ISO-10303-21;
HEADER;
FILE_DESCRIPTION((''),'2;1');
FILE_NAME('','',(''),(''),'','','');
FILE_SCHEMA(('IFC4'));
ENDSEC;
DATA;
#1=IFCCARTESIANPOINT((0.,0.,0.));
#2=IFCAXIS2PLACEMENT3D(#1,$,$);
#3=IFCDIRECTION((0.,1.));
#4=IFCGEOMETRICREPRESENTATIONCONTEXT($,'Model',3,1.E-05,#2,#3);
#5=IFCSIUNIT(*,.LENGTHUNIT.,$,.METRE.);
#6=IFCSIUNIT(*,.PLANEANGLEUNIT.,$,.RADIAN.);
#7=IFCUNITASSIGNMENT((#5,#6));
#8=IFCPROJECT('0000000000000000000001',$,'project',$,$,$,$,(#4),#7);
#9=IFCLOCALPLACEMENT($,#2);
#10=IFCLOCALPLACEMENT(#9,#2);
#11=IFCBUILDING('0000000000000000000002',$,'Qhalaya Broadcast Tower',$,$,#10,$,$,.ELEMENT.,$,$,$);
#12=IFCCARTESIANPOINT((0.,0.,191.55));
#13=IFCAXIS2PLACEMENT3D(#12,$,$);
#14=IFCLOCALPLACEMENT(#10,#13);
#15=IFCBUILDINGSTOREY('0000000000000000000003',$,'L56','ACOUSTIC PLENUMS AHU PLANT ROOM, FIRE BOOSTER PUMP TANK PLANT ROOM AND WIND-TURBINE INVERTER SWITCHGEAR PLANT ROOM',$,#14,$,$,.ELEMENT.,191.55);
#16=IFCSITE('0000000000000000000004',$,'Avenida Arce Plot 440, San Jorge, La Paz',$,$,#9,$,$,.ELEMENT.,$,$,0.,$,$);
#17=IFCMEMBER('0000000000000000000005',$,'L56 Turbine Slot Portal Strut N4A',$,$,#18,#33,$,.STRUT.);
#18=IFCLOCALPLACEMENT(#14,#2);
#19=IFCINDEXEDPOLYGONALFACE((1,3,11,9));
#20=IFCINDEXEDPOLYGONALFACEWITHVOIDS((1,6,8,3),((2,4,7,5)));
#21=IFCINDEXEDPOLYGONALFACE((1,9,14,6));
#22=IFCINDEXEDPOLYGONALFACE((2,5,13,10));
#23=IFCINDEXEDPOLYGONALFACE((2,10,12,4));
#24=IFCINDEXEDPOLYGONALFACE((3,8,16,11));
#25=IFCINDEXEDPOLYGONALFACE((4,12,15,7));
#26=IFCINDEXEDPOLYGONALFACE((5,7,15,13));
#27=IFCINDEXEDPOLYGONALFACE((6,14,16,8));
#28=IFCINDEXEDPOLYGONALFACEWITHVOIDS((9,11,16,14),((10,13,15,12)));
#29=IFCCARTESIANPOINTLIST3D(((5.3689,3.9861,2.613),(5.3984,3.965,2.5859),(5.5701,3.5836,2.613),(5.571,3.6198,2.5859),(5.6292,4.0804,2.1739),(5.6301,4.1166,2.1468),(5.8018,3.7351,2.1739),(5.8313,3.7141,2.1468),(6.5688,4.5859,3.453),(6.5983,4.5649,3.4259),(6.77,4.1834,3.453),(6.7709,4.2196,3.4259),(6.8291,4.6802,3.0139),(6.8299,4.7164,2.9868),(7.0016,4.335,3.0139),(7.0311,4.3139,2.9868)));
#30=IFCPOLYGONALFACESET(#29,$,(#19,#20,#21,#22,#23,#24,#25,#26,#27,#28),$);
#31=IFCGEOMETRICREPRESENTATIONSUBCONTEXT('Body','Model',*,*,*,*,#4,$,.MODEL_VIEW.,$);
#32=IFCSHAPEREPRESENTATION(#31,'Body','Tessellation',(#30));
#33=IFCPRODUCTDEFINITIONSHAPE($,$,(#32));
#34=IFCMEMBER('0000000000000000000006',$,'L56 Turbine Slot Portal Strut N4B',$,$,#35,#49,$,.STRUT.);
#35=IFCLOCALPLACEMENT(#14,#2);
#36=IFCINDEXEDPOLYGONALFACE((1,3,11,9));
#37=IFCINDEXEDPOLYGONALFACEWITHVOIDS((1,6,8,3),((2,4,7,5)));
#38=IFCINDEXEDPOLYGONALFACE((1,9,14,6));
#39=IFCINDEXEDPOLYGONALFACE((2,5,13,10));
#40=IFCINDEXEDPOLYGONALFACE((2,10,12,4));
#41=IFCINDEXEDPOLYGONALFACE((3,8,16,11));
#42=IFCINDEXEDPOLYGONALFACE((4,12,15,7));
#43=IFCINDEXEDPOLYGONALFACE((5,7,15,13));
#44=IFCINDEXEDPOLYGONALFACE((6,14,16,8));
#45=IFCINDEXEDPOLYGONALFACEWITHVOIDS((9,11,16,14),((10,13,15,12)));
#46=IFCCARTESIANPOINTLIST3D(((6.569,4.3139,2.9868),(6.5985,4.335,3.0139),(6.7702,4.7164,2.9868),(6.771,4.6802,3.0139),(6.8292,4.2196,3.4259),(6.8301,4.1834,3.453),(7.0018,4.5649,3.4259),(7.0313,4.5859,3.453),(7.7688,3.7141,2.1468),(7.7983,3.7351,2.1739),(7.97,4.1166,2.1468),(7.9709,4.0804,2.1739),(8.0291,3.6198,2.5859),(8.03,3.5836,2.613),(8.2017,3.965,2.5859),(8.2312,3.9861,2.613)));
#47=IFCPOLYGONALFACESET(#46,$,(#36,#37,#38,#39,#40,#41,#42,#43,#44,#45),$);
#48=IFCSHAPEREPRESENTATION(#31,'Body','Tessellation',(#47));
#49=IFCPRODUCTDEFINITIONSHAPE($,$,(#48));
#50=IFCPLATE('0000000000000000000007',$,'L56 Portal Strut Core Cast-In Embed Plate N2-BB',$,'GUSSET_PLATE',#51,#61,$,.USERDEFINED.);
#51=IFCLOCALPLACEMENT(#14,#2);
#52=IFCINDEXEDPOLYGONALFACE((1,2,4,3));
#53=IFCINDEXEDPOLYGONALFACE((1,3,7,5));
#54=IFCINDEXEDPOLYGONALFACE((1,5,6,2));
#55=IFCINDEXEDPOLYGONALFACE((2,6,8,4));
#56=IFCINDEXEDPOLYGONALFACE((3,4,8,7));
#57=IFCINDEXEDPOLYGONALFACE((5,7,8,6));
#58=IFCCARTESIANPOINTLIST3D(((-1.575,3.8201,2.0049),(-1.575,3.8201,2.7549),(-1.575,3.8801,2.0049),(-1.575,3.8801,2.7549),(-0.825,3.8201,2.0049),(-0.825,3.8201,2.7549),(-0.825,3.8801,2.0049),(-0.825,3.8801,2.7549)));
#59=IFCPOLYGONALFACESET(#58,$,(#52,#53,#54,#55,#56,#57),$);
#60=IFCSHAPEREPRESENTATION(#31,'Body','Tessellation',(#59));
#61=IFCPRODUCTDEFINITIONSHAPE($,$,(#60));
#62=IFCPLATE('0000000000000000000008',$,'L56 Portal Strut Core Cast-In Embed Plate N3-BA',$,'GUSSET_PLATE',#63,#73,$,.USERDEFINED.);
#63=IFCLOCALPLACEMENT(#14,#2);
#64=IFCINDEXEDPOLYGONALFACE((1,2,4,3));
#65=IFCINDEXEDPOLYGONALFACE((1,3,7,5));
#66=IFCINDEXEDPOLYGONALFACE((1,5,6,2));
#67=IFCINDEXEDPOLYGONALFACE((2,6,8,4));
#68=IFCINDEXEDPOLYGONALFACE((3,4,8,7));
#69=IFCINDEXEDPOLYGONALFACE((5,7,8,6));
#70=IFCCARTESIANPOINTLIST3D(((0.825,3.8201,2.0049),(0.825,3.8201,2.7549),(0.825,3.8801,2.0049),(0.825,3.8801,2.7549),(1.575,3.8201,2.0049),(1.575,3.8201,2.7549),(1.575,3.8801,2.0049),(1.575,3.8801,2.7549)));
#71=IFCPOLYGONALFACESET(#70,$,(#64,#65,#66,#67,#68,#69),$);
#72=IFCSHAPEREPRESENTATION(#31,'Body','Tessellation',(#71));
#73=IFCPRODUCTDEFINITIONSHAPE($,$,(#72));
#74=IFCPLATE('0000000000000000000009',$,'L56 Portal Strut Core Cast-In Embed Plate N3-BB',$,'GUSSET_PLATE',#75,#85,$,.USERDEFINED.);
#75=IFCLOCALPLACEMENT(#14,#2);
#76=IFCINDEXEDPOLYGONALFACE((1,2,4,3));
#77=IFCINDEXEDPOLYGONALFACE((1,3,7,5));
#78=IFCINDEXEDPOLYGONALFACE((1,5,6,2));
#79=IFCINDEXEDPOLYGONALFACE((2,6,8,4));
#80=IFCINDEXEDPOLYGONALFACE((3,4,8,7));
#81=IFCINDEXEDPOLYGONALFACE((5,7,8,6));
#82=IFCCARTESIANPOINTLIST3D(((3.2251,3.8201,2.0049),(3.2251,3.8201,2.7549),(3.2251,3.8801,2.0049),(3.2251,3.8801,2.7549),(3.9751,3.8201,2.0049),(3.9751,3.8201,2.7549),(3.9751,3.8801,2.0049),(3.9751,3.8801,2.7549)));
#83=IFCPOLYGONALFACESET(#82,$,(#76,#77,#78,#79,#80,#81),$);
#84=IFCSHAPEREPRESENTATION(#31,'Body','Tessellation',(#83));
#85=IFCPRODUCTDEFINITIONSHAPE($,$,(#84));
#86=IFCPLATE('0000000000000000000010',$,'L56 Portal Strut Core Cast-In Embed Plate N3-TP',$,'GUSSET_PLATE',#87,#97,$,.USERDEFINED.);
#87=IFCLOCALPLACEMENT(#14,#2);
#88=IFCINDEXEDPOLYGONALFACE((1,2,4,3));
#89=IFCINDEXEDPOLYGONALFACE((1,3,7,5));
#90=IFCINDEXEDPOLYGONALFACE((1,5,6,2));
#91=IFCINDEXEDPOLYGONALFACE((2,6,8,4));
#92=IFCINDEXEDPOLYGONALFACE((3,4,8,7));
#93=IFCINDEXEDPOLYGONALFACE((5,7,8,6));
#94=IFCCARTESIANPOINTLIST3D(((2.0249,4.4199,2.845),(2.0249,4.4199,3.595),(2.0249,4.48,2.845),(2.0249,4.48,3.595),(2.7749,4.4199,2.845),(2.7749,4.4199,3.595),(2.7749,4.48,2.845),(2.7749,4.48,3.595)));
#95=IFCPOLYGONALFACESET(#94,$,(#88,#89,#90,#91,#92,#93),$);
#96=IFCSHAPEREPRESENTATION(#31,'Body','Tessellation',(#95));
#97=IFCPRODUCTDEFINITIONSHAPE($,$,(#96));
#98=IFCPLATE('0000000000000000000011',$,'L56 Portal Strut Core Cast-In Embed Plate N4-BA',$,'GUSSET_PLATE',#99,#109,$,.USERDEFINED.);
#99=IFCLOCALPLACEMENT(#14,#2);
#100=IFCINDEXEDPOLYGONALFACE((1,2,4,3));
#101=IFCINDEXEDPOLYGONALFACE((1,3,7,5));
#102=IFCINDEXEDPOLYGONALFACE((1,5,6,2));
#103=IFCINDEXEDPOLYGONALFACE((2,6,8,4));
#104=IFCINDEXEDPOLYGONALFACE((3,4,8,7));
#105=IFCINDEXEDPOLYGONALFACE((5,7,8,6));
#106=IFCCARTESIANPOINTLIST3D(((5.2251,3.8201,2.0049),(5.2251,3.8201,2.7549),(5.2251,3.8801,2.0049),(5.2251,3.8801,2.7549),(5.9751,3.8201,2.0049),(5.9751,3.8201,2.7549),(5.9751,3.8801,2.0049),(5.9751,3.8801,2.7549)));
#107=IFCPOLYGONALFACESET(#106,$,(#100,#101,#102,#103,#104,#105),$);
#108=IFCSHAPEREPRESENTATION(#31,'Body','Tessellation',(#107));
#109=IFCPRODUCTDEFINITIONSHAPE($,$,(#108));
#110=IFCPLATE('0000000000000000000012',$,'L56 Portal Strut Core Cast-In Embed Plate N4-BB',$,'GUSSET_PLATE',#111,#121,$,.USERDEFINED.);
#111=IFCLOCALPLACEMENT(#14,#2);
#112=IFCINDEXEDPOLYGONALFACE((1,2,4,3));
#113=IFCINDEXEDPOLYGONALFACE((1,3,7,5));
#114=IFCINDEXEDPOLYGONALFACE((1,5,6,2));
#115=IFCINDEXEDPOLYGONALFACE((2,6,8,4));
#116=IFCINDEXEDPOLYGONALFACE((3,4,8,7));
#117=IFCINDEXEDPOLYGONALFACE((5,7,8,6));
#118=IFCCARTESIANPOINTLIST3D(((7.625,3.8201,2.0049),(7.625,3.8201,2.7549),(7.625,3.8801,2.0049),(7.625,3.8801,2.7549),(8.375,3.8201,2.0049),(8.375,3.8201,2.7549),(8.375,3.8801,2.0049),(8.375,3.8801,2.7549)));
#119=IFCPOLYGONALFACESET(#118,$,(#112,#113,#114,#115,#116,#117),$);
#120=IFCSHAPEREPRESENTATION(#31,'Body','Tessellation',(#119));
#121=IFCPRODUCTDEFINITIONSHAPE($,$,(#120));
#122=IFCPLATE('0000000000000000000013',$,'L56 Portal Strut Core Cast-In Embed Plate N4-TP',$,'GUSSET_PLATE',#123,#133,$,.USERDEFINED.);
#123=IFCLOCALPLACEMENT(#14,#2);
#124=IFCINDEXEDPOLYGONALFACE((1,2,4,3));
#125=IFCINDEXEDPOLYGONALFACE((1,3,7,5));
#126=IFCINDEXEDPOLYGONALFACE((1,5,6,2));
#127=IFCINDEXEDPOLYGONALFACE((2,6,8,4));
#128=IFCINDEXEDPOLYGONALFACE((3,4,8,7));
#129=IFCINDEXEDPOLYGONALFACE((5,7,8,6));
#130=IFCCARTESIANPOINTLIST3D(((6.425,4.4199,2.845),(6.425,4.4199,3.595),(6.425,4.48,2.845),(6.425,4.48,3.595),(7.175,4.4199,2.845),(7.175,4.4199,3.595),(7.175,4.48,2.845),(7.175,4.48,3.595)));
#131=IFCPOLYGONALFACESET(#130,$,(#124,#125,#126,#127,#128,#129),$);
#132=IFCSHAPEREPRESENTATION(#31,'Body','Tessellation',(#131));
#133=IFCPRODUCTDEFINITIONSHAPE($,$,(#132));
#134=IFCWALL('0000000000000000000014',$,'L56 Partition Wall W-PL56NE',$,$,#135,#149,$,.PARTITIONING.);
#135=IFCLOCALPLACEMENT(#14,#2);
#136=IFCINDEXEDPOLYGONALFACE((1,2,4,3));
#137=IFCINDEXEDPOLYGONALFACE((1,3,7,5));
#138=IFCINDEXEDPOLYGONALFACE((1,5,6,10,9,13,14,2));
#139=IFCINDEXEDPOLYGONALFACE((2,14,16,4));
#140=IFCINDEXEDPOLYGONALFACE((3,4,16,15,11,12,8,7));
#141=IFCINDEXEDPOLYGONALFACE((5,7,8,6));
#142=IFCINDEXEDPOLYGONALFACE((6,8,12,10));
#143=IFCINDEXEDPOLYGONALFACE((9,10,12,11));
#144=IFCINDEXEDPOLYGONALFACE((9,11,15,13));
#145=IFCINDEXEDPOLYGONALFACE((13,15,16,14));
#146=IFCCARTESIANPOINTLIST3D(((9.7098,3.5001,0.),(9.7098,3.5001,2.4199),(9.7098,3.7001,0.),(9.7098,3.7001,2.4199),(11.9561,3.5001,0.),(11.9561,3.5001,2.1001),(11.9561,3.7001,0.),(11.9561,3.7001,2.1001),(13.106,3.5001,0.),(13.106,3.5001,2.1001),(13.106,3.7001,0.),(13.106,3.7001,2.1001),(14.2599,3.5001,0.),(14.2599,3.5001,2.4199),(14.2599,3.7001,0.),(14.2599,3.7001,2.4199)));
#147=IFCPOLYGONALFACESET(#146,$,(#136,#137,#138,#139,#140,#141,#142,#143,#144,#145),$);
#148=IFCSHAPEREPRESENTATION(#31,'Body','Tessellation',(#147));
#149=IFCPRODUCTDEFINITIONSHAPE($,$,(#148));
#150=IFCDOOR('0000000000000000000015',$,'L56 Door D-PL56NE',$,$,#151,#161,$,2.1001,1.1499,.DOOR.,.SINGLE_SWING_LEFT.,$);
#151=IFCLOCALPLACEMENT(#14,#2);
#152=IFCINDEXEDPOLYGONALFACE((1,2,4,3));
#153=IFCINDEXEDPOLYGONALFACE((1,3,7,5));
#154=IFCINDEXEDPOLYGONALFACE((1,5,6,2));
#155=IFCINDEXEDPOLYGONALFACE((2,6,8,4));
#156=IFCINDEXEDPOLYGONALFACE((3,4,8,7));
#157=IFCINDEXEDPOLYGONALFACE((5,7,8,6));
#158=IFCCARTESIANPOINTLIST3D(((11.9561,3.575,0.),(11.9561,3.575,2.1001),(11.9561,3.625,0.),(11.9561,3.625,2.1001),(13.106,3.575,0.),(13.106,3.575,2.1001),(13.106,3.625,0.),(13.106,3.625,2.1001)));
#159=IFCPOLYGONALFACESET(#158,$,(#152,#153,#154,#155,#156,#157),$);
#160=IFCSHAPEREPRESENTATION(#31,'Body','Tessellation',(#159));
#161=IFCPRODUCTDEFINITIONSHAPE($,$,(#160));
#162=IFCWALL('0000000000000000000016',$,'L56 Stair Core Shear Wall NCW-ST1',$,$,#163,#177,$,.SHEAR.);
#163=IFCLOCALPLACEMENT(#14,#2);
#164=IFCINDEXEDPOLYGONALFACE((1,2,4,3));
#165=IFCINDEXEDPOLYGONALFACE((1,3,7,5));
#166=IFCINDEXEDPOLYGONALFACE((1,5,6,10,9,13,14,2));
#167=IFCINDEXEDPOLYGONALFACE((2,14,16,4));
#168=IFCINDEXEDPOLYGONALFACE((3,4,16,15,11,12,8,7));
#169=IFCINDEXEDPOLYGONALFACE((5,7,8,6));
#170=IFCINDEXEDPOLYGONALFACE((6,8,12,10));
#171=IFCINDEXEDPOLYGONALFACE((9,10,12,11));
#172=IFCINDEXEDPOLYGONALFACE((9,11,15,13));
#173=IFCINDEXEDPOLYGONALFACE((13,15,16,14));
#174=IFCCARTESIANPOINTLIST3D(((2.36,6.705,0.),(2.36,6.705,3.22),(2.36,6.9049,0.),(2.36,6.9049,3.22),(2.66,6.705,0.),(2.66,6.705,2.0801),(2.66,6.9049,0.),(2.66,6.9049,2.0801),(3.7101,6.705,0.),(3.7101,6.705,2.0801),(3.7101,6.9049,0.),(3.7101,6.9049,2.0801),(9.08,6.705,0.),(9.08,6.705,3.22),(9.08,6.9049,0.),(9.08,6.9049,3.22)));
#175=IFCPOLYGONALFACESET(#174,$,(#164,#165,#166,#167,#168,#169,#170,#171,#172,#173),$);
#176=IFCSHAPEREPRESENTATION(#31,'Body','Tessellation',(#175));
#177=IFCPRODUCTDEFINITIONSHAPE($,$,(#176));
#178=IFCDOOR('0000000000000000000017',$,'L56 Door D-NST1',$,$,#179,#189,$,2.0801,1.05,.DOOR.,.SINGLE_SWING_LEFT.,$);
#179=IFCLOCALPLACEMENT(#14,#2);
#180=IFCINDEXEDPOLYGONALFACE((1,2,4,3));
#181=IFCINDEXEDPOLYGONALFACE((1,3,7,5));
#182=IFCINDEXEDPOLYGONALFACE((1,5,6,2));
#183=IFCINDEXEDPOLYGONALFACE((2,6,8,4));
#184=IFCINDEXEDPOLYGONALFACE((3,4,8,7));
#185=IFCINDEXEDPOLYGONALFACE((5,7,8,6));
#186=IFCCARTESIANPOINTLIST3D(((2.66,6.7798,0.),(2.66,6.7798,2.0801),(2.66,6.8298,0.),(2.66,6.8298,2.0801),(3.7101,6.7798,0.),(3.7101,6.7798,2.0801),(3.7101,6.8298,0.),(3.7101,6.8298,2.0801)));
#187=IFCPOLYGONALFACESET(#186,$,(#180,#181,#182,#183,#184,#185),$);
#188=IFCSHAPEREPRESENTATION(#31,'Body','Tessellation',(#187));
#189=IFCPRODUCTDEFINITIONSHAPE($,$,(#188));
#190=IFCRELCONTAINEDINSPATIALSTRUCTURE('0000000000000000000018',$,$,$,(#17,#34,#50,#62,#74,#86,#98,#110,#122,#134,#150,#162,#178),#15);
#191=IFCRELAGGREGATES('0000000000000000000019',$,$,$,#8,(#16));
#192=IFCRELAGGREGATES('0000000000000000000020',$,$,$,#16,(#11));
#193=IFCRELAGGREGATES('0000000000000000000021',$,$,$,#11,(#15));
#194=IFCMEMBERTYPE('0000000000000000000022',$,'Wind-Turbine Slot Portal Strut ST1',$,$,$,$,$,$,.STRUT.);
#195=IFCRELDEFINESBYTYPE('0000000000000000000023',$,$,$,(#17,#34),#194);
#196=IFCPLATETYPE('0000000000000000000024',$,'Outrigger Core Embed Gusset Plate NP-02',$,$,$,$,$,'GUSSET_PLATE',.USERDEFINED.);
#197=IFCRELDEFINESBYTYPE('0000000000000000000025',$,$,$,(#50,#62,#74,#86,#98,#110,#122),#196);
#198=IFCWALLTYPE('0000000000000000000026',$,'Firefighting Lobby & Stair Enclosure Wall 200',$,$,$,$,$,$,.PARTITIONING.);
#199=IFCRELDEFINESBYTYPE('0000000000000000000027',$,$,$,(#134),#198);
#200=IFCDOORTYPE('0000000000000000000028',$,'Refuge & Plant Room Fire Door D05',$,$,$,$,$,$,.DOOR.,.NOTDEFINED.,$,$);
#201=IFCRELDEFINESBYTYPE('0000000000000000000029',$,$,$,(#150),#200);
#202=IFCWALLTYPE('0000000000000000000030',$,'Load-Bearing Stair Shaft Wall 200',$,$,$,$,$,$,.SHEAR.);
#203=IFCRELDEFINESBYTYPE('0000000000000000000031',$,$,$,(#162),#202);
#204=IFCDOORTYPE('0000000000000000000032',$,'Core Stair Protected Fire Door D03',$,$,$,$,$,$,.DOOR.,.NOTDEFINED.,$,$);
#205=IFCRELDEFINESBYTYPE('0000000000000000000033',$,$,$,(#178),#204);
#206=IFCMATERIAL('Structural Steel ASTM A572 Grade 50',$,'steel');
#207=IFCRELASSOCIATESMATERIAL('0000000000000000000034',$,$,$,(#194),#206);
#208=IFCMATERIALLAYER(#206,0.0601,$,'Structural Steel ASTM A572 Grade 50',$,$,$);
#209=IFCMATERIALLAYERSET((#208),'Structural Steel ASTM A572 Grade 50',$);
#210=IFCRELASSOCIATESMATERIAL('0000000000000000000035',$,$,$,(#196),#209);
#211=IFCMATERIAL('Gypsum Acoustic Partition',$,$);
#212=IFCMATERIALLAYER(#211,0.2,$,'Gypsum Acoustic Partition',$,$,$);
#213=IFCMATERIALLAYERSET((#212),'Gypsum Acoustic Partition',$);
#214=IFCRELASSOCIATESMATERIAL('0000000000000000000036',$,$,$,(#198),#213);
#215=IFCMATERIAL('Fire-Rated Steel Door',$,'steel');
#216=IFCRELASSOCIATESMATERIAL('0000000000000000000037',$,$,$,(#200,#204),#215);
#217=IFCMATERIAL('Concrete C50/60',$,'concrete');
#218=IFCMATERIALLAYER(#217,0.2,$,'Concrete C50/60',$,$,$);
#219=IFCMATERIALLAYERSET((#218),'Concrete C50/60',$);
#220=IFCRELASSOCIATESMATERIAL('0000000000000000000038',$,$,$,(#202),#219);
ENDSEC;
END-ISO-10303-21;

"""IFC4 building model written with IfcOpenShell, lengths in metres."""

from ifc_helpers import new_model, si_unit, direction, frame, frame_2d, origin, origin_2d, place, context, subcontext, project, spatial, rectangle, hollow_rectangle, extrude, material, layer, layer_set, material_profile, profile_set, type_object, element, fill, save


model = new_model("IFC4")

# Units and contexts
model_context = context("Model", 3, precision=1e-05, world=origin(), true_north=direction((0.0, 1.0)))
body_context = subcontext(model_context, "Body", "Model", "MODEL_VIEW")
ifc_project = project(units=[si_unit("LENGTHUNIT", "METRE"), si_unit("PLANEANGLEUNIT", "RADIAN")], contexts=[model_context])

# Site, building, storey
site_placement = place(None, origin())
site = spatial("IfcSite", under=ifc_project, at=site_placement, Name="Avenida Arce Plot 440, San Jorge, La Paz", CompositionType="ELEMENT", RefElevation=0.0)
building_placement = place(site_placement, origin())
building = spatial("IfcBuilding", under=site, at=building_placement, Name="Qhalaya Broadcast Tower", CompositionType="ELEMENT")
storey_placement = place(building_placement, frame((0.0, 0.0, 191.55)))
storey = spatial("IfcBuildingStorey", under=building, at=storey_placement, Name="L56", Description="ACOUSTIC PLENUMS AHU PLANT ROOM, FIRE BOOSTER PUMP TANK PLANT ROOM AND WIND-TURBINE INVERTER SWITCHGEAR PLANT ROOM", CompositionType="ELEMENT", Elevation=191.55)

# Shared definitions
ifc_material_1 = material(Name="Concrete C50/60", Category="concrete")
ifc_material_2 = material(Name="Structural Steel ASTM A572 Grade 50", Category="steel")

# Members
ifc_material_profile_1 = material_profile(ifc_material_2, hollow_rectangle(XDim=0.45, YDim=0.55, WallThickness=0.032, at=origin_2d()), Name="BOX 450x550x32")
ifc_profile_set_1 = profile_set([ifc_material_profile_1], Name="Structural Steel ASTM A572 Grade 50")
member_type = type_object("IfcMemberType", Name="Wind-Turbine Slot Portal Strut ST1", PredefinedType="STRUT", material=ifc_profile_set_1)
for number, where, z_axis, x_axis, name in (
    (1, (5.6001, 3.8501, 2.3799), (0.758089, 0.378967, 0.53074), (-0.447141, 0.894464, 0.0), "L56 Turbine Slot Portal Strut N4A"),
    (2, (8.0, 3.8501, 2.3799), (-0.758089, 0.378967, 0.53074), (-0.447141, -0.894464, 0.0), "L56 Turbine Slot Portal Strut N4B"),
):
    element("IfcMember", number, at=place(storey_placement, frame(where, z_axis=z_axis, x_axis=x_axis)), inside=storey, type_object=member_type, Name=name, PredefinedType="STRUT", context=body_context, shape_type="SweptSolid", body=[
        extrude(hollow_rectangle(XDim=0.45, YDim=0.55, WallThickness=0.032, at=origin_2d()), origin(), (0.0, 0.0, 1.0), 1.5828),
    ])

# Plates
ifc_layer_1 = layer(ifc_material_2, 0.0601, Name="Structural Steel ASTM A572 Grade 50")
ifc_layer_set_1 = layer_set([ifc_layer_1], Name="Structural Steel ASTM A572 Grade 50")
plate_type = type_object("IfcPlateType", Name="Outrigger Core Embed Gusset Plate NP-02", ElementType="GUSSET_PLATE", PredefinedType="USERDEFINED", material=ifc_layer_set_1)
for number, where, z_axis, x_axis, name in (
    (3, (-1.2, 3.8501, 2.0049), (0.0, 0.0, 1.0), (1.0, 0.0, 0.0), "L56 Portal Strut Core Cast-In Embed Plate N2-BB"),
    (4, (1.2, 3.8501, 2.0049), (0.0, 0.0, 1.0), (1.0, 0.0, 0.0), "L56 Portal Strut Core Cast-In Embed Plate N3-BA"),
    (5, (3.6001, 3.8501, 2.0049), (0.0, 0.0, 1.0), (1.0, 0.0, 0.0), "L56 Portal Strut Core Cast-In Embed Plate N3-BB"),
    (6, (2.3999, 4.45, 2.845), (0.0, 0.0, 1.0), (1.0, 0.0, 0.0), "L56 Portal Strut Core Cast-In Embed Plate N3-TP"),
    (7, (5.6001, 3.8501, 2.0049), (0.0, 0.0, 1.0), (1.0, 0.0, 0.0), "L56 Portal Strut Core Cast-In Embed Plate N4-BA"),
    (8, (8.0, 3.8501, 2.0049), (0.0, 0.0, 1.0), (1.0, 0.0, 0.0), "L56 Portal Strut Core Cast-In Embed Plate N4-BB"),
    (9, (6.8, 4.45, 2.845), (0.0, 0.0, 1.0), (1.0, 0.0, 0.0), "L56 Portal Strut Core Cast-In Embed Plate N4-TP"),
):
    element("IfcPlate", number, at=place(storey_placement, frame(where, z_axis=z_axis, x_axis=x_axis)), inside=storey, type_object=plate_type, Name=name, ObjectType="GUSSET_PLATE", PredefinedType="USERDEFINED", context=body_context, shape_type="SweptSolid", body=[
        extrude(rectangle(XDim=0.75, YDim=0.0601, at=origin_2d()), origin(), (0.0, 0.0, 1.0), 0.75),
    ])

# Walls, openings, doors
ifc_material_3 = material(Name="Gypsum Acoustic Partition")
ifc_layer_2 = layer(ifc_material_3, 0.2, Name="Gypsum Acoustic Partition")
ifc_layer_set_2 = layer_set([ifc_layer_2], Name="Gypsum Acoustic Partition")
wall_type_1 = type_object("IfcWallType", Name="Firefighting Lobby & Stair Enclosure Wall 200", PredefinedType="PARTITIONING", material=ifc_layer_set_2)
wall_1_placement = place(storey_placement, frame((9.71, 3.6001, 0.0), z_axis=(0.0, 0.0, 1.0), x_axis=(1.0, 0.0, 0.0)))
wall_1 = element("IfcWall", 10, at=wall_1_placement, inside=storey, type_object=wall_type_1, Name="L56 Partition Wall W-PL56NE", PredefinedType="PARTITIONING", context=body_context, shape_type="SweptSolid", body=[
    extrude(rectangle(XDim=4.55, YDim=0.2, at=frame_2d((2.2749, 0.0))), origin(), (0.0, 0.0, 1.0), 2.4199),
])
opening_1_placement = place(wall_1_placement, frame((2.2461, 0.0, 0.0)))
opening_1 = element("IfcOpeningElement", 11, at=opening_1_placement, cuts=wall_1, PredefinedType="OPENING", context=body_context, shape_type="SweptSolid", body=[
    extrude(rectangle(XDim=1.1499, YDim=2.1001, at=frame_2d((0.575, 1.05))), frame((0.0, 0.1121, 0.0), z_axis=(0.0, -1.0, 0.0), x_axis=(1.0, 0.0, 0.0)), (0.0, 0.0, 1.0), 0.2239),
])
ifc_material_4 = material(Name="Fire-Rated Steel Door", Category="steel")
door_type_1 = type_object("IfcDoorType", Name="Refuge & Plant Room Fire Door D05", OperationType="NOTDEFINED", PredefinedType="DOOR", material=ifc_material_4)
door_1_placement = place(opening_1_placement, origin())
door_1 = element("IfcDoor", 12, at=door_1_placement, inside=storey, type_object=door_type_1, Name="L56 Door D-PL56NE", OperationType="SINGLE_SWING_LEFT", OverallHeight=2.1001, OverallWidth=1.1499, PredefinedType="DOOR", context=body_context, shape_type="SweptSolid", body=[
    extrude(rectangle(XDim=1.1499, YDim=2.1001, at=frame_2d((0.575, 1.05))), frame((0.0, 0.0249, 0.0), z_axis=(0.0, -1.0, 0.0), x_axis=(1.0, 0.0, 0.0)), (0.0, 0.0, 1.0), 0.05),
])
fill(opening_1, door_1)
ifc_layer_3 = layer(ifc_material_1, 0.2, Name="Concrete C50/60")
ifc_layer_set_3 = layer_set([ifc_layer_3], Name="Concrete C50/60")
wall_type_2 = type_object("IfcWallType", Name="Load-Bearing Stair Shaft Wall 200", PredefinedType="SHEAR", material=ifc_layer_set_3)
wall_2_placement = place(storey_placement, frame((2.3601, 6.8049, 0.0), z_axis=(0.0, 0.0, 1.0), x_axis=(1.0, 0.0, 0.0)))
wall_2 = element("IfcWall", 13, at=wall_2_placement, inside=storey, type_object=wall_type_2, Name="L56 Stair Core Shear Wall NCW-ST1", PredefinedType="SHEAR", context=body_context, shape_type="SweptSolid", body=[
    extrude(rectangle(XDim=6.72, YDim=0.2, at=frame_2d((3.3599, 0.0))), origin(), (0.0, 0.0, 1.0), 3.22),
])
opening_2_placement = place(wall_2_placement, frame((0.3, 0.0, 0.0)))
opening_2 = element("IfcOpeningElement", 14, at=opening_2_placement, cuts=wall_2, PredefinedType="OPENING", context=body_context, shape_type="SweptSolid", body=[
    extrude(rectangle(XDim=1.05, YDim=2.0801, at=frame_2d((0.5249, 1.04))), frame((0.0, 0.1121, 0.0), z_axis=(0.0, -1.0, 0.0), x_axis=(1.0, 0.0, 0.0)), (0.0, 0.0, 1.0), 0.2239),
])
door_type_2 = type_object("IfcDoorType", Name="Core Stair Protected Fire Door D03", OperationType="NOTDEFINED", PredefinedType="DOOR", material=ifc_material_4)
door_2_placement = place(opening_2_placement, origin())
door_2 = element("IfcDoor", 15, at=door_2_placement, inside=storey, type_object=door_type_2, Name="L56 Door D-NST1", OperationType="SINGLE_SWING_LEFT", OverallHeight=2.0801, OverallWidth=1.05, PredefinedType="DOOR", context=body_context, shape_type="SweptSolid", body=[
    extrude(rectangle(XDim=1.05, YDim=2.0801, at=frame_2d((0.5249, 1.04))), frame((0.0, 0.0249, 0.0), z_axis=(0.0, -1.0, 0.0), x_axis=(1.0, 0.0, 0.0)), (0.0, 0.0, 1.0), 0.05),
])
fill(opening_2, door_2)

save(model, "model.ifc")
